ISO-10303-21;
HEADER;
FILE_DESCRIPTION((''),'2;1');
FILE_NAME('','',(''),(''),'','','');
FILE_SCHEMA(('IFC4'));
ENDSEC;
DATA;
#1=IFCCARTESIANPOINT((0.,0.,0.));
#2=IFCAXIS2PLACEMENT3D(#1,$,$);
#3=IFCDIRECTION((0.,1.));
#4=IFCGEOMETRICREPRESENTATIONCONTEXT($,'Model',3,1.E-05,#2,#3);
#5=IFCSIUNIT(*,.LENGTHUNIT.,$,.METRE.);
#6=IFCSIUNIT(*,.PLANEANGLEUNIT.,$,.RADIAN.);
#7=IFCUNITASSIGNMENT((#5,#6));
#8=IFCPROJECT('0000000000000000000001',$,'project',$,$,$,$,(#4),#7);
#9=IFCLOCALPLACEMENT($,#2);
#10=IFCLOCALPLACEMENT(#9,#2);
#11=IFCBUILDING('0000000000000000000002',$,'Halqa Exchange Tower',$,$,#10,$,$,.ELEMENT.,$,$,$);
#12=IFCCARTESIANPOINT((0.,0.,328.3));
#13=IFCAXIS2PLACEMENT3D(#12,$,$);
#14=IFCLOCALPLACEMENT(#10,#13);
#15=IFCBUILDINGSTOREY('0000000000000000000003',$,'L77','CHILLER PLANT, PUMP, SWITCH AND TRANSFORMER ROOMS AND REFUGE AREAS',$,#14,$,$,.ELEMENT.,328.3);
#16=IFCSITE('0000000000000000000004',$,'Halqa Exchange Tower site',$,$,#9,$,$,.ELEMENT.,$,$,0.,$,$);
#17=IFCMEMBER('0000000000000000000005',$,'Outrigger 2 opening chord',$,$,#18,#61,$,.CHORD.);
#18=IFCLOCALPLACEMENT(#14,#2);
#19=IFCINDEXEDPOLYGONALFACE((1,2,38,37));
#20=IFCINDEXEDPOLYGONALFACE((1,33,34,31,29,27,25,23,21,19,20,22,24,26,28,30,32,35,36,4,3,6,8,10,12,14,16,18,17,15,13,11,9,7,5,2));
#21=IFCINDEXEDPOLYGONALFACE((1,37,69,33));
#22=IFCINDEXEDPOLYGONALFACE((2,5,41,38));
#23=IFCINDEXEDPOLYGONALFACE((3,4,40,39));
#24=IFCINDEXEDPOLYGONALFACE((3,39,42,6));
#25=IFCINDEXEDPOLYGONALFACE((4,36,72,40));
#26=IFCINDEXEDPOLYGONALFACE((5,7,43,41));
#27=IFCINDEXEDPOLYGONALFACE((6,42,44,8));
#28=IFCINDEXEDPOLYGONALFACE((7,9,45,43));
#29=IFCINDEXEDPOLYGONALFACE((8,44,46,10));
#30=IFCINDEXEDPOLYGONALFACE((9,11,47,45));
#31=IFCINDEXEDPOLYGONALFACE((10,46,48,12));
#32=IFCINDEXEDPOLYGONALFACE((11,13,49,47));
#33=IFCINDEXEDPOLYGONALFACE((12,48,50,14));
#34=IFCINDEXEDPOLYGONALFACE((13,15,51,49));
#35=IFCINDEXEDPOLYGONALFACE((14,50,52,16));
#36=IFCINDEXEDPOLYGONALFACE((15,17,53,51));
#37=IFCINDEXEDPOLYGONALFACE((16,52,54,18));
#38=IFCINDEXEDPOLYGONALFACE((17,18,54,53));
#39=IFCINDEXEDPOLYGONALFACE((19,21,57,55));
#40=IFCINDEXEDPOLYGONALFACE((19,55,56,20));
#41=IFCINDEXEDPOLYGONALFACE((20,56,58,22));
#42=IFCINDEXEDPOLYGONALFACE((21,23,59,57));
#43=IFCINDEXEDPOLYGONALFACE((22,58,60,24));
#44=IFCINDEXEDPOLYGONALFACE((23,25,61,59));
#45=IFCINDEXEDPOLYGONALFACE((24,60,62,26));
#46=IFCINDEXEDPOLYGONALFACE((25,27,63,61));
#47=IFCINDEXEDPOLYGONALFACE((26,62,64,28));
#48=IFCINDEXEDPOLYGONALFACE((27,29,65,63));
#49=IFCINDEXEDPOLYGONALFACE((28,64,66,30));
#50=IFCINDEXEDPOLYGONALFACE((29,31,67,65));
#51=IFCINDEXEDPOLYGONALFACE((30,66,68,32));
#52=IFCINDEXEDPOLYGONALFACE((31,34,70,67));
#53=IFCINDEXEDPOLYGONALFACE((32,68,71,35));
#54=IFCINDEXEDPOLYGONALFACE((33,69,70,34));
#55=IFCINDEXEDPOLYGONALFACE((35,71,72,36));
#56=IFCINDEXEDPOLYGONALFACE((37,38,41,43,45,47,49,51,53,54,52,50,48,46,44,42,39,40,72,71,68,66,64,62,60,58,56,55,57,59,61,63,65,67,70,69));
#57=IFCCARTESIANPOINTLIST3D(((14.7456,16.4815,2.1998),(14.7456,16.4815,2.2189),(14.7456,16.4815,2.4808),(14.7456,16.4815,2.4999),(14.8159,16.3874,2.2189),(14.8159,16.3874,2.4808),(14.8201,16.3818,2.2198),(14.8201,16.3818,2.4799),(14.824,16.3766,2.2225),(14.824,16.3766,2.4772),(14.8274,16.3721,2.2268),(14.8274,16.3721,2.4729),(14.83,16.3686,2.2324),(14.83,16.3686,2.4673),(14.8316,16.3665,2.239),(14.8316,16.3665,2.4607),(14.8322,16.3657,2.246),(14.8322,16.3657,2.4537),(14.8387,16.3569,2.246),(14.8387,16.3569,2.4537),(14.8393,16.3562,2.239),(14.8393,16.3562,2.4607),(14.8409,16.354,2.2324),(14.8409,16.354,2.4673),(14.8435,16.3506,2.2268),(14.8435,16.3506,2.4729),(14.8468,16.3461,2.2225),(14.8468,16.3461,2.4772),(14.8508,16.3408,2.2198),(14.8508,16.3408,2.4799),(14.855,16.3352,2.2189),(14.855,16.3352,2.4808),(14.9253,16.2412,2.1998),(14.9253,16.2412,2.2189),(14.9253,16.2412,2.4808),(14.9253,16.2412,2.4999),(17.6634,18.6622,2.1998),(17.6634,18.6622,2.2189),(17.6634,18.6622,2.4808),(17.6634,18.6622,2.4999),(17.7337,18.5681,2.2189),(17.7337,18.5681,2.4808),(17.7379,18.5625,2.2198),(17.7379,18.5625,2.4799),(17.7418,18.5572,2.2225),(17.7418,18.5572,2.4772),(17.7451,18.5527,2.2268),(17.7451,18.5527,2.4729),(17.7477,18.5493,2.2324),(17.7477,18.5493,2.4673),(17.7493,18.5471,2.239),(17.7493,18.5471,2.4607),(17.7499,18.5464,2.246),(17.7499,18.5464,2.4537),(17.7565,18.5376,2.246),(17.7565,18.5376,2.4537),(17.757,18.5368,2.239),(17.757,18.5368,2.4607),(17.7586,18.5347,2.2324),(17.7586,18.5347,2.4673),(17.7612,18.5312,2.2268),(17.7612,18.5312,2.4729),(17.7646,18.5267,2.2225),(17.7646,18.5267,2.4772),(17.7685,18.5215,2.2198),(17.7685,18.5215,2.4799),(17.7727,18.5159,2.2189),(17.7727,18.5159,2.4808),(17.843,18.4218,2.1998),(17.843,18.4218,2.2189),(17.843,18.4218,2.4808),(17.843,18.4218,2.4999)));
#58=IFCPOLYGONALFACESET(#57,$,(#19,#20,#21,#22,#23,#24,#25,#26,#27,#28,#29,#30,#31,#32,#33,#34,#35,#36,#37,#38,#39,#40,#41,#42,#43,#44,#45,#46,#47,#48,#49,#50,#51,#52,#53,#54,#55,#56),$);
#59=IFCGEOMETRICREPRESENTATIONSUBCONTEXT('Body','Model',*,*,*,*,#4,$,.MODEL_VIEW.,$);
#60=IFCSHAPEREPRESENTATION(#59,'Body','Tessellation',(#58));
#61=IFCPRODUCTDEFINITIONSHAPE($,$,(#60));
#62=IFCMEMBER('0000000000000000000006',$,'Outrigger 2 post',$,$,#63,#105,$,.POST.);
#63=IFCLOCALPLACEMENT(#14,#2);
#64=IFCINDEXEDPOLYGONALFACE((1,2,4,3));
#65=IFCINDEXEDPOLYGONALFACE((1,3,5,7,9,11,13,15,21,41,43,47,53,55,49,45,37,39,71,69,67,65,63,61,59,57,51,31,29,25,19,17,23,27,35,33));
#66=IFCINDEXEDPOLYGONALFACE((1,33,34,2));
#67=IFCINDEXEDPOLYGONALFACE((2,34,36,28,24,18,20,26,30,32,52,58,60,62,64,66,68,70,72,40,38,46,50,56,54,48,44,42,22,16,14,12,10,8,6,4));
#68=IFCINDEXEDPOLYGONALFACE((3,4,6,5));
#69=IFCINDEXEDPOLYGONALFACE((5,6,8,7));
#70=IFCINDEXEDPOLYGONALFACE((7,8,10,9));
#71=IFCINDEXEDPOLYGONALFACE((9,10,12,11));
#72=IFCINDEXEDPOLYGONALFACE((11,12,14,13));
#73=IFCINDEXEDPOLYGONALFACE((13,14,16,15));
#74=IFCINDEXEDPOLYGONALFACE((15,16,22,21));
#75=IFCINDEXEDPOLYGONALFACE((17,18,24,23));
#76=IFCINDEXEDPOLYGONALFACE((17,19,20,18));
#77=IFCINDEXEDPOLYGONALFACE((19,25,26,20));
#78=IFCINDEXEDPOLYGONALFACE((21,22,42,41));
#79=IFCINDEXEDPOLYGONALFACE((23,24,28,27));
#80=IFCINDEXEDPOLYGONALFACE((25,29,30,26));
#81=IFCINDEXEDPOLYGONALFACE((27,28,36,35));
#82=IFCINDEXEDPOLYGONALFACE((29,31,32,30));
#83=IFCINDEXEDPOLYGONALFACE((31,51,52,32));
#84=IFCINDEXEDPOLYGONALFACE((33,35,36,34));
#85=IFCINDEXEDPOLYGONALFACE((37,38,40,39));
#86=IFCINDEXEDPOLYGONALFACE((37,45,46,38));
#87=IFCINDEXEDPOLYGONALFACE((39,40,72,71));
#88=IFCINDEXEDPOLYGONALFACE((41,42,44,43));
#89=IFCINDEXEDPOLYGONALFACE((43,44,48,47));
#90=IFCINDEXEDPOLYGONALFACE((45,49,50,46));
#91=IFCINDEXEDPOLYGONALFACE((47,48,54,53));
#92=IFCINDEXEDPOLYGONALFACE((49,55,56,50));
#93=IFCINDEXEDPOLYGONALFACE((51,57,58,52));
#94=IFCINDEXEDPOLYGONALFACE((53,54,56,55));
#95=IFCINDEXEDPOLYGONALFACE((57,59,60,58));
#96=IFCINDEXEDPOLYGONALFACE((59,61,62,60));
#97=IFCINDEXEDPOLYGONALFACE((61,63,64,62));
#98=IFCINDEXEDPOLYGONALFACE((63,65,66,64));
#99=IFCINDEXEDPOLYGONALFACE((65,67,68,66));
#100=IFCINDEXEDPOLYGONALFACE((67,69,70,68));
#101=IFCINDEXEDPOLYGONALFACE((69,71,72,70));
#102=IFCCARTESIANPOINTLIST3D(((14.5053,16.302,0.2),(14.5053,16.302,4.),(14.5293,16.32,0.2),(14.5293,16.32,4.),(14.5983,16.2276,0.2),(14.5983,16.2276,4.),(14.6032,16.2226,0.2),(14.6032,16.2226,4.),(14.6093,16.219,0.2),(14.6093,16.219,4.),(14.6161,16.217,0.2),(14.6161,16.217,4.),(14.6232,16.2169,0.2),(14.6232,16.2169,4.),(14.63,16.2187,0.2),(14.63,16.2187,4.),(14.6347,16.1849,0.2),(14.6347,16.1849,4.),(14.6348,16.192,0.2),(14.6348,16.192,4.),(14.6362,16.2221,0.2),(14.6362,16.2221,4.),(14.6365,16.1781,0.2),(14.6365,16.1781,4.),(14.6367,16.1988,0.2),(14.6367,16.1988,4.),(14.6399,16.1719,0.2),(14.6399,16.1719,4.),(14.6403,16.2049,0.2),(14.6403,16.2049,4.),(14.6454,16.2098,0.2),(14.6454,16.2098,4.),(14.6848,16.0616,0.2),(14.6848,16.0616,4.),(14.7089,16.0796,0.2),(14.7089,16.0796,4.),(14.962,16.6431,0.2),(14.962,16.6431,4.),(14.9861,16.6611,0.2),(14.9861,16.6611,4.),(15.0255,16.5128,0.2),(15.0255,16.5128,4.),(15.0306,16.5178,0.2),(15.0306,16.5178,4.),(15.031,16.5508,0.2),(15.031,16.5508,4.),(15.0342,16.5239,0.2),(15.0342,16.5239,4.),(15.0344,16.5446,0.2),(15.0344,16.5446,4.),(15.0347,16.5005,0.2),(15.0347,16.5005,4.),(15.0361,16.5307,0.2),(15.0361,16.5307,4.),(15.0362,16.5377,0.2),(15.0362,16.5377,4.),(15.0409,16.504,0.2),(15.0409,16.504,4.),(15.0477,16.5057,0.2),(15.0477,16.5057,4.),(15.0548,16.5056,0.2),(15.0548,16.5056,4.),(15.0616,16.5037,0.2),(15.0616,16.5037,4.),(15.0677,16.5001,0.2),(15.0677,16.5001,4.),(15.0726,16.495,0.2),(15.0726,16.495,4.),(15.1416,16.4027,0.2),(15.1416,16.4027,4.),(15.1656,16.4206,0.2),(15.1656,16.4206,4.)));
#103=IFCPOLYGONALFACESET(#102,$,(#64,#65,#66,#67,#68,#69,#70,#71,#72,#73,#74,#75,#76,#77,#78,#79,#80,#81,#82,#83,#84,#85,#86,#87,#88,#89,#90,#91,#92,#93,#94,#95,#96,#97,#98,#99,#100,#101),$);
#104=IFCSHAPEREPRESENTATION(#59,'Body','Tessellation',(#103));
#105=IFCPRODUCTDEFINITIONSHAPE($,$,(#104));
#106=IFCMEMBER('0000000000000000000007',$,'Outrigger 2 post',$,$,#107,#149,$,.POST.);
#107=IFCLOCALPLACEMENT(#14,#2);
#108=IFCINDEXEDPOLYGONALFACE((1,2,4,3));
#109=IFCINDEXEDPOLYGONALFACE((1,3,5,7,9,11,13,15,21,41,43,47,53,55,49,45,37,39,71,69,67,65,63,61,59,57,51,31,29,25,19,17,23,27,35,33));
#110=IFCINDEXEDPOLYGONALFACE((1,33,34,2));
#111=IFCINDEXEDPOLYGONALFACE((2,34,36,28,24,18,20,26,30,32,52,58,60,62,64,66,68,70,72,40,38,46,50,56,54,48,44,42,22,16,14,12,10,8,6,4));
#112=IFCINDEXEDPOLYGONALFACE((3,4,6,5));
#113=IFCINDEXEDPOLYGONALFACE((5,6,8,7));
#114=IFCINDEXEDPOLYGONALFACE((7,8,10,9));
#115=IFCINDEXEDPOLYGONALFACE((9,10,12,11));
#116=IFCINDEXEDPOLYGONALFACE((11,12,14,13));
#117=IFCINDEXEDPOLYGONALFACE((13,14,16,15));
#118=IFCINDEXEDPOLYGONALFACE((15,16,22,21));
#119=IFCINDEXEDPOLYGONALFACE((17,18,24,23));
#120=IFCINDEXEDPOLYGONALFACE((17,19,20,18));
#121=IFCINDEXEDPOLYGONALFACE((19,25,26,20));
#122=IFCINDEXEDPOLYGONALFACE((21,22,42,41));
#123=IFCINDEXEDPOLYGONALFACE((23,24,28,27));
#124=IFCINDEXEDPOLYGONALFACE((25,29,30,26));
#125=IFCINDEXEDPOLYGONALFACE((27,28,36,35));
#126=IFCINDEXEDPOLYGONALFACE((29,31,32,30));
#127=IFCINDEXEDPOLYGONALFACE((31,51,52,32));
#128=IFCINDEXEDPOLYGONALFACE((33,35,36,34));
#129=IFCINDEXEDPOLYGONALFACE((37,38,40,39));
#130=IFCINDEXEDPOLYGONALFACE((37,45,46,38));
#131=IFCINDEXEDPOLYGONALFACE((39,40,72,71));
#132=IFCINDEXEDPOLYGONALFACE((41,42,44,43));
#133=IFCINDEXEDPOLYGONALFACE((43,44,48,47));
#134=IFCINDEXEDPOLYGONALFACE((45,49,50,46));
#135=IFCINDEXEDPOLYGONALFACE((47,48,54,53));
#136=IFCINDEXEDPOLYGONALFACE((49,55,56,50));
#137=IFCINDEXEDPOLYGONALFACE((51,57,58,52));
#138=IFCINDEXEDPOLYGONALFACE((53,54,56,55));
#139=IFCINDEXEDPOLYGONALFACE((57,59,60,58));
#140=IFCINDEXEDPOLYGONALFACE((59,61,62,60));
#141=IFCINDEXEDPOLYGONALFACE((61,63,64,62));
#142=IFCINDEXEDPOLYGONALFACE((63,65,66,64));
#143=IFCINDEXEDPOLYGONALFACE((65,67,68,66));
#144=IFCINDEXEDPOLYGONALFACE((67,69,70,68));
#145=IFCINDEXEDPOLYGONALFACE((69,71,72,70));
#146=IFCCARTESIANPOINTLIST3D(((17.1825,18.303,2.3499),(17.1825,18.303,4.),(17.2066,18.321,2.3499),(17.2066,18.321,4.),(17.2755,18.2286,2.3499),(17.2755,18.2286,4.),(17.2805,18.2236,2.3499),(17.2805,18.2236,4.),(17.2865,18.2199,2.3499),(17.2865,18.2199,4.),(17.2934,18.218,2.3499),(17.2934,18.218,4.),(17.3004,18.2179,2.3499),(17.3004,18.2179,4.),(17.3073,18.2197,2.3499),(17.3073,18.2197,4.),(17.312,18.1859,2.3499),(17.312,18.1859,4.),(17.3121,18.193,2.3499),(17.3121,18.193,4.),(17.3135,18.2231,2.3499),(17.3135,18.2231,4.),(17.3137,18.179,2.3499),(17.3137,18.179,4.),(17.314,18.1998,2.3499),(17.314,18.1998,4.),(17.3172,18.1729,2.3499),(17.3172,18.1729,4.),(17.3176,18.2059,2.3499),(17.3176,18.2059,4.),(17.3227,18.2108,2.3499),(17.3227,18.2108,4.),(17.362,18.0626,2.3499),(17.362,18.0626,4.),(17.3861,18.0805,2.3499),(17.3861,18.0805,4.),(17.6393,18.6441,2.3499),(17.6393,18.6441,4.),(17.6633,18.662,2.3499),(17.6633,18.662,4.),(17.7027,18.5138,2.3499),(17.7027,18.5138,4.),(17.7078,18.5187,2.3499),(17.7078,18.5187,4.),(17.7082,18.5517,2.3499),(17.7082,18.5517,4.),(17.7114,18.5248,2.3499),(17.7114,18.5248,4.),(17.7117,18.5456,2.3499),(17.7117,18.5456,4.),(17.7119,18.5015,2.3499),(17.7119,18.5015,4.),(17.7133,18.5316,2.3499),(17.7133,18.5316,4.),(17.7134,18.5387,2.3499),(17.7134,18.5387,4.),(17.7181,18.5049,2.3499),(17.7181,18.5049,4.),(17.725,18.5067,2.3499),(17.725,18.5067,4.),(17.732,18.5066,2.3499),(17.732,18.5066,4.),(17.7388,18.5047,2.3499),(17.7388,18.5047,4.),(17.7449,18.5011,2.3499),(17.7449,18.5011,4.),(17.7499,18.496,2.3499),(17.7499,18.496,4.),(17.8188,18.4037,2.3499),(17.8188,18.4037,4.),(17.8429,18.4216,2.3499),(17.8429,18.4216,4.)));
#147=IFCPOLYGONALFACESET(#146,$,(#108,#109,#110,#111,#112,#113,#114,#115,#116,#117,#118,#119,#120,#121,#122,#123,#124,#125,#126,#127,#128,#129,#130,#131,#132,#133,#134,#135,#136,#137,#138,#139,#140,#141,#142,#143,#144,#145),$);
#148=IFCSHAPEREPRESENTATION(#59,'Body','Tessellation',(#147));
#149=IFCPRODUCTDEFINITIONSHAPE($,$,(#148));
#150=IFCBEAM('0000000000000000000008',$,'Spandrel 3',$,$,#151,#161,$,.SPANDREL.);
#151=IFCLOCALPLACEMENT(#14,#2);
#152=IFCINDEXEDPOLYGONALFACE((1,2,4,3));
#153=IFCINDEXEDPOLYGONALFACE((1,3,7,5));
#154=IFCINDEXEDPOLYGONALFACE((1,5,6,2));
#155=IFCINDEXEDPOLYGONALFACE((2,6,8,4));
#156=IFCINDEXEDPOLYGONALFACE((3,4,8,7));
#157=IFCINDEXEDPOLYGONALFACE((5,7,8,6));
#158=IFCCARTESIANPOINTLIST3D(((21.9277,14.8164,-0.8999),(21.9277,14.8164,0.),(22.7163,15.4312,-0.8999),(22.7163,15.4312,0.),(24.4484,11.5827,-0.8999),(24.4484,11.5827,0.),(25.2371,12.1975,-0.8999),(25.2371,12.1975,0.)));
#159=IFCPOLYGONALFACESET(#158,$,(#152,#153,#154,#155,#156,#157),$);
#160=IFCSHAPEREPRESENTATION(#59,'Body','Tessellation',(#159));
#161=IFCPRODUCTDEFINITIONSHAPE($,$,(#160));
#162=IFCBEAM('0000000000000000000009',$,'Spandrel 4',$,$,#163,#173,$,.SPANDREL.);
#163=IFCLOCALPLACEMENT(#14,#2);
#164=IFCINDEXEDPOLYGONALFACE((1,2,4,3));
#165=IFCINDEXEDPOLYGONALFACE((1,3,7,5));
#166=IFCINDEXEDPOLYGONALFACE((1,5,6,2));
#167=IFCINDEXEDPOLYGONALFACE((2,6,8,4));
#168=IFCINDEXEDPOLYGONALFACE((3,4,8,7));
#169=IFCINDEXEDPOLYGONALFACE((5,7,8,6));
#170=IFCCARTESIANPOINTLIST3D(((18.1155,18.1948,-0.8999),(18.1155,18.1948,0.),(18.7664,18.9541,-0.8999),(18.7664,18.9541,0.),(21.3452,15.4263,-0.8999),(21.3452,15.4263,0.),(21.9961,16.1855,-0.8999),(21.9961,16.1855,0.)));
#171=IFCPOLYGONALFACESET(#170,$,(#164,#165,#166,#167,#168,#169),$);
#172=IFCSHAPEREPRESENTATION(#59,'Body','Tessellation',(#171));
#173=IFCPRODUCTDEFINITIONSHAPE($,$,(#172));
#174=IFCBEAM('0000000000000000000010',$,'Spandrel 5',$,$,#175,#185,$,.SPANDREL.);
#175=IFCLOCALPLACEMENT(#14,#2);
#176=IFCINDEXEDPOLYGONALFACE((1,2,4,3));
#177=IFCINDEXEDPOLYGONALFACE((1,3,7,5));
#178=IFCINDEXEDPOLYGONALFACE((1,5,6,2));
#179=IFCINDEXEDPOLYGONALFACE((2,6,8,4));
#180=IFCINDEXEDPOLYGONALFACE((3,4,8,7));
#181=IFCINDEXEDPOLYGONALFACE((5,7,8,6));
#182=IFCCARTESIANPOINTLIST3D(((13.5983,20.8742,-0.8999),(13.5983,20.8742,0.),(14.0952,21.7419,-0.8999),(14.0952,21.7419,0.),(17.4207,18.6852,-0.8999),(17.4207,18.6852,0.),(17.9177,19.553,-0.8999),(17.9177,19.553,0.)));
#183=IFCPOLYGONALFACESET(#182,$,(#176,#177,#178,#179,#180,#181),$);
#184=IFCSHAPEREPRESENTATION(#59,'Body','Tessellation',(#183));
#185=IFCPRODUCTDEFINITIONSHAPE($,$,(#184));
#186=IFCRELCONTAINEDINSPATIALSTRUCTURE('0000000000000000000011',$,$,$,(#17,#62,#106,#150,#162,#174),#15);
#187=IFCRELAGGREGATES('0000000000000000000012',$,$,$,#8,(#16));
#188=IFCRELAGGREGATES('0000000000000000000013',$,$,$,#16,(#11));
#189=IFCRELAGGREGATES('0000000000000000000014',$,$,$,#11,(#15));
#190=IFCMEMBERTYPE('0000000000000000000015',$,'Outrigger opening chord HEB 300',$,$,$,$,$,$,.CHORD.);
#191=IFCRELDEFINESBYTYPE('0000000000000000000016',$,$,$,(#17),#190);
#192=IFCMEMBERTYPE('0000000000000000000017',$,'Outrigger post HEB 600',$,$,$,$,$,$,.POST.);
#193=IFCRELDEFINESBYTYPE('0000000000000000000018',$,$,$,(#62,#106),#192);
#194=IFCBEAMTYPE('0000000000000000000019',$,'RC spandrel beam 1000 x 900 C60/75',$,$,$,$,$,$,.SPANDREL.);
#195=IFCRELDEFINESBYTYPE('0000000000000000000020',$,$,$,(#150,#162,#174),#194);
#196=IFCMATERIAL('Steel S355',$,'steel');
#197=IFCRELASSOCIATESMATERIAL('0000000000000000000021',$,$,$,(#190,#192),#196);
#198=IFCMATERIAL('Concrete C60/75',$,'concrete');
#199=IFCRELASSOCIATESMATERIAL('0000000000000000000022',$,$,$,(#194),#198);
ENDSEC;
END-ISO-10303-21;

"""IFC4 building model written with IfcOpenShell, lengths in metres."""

from ifc_helpers import new_model, si_unit, direction, frame, origin, origin_2d, place, context, subcontext, project, spatial, rectangle, i_section, extrude, material, material_profile, profile_set, type_object, element, save


model = new_model("IFC4")

# Units and contexts
model_context = context("Model", 3, precision=1e-05, world=origin(), true_north=direction((0.0, 1.0)))
body_context = subcontext(model_context, "Body", "Model", "MODEL_VIEW")
ifc_project = project(units=[si_unit("LENGTHUNIT", "METRE"), si_unit("PLANEANGLEUNIT", "RADIAN")], contexts=[model_context])

# Site, building, storey
site_placement = place(None, origin())
site = spatial("IfcSite", under=ifc_project, at=site_placement, Name="Halqa Exchange Tower site", CompositionType="ELEMENT", RefElevation=0.0)
building_placement = place(site_placement, origin())
building = spatial("IfcBuilding", under=site, at=building_placement, Name="Halqa Exchange Tower", CompositionType="ELEMENT")
storey_placement = place(building_placement, frame((0.0, 0.0, 328.3)))
storey = spatial("IfcBuildingStorey", under=building, at=storey_placement, Name="L77", Description="CHILLER PLANT, PUMP, SWITCH AND TRANSFORMER ROOMS AND REFUGE AREAS", CompositionType="ELEMENT", Elevation=328.3)

# Members
ifc_material_1 = material(Name="Steel S355", Category="steel")
ifc_material_profile_1 = material_profile(ifc_material_1, i_section(OverallWidth=0.3, OverallDepth=0.3, WebThickness=0.011, FlangeThickness=0.019, FilletRadius=0.0271, at=origin_2d()), Name="HEB 300")
ifc_profile_set_1 = profile_set([ifc_material_profile_1], Name="Steel S355")
member_type_1 = type_object("IfcMemberType", Name="Outrigger opening chord HEB 300", PredefinedType="CHORD", material=ifc_profile_set_1)
member_1_placement = place(storey_placement, frame((14.8354, 16.3613, 2.3499), z_axis=(0.801004, 0.598659, 0.0), x_axis=(-0.598659, 0.801004, 0.0)))
element("IfcMember", 1, at=member_1_placement, inside=storey, type_object=member_type_1, Name="Outrigger 2 opening chord", PredefinedType="CHORD", context=body_context, shape_type="SweptSolid", body=[
    extrude(i_section(OverallWidth=0.3, OverallDepth=0.3, WebThickness=0.011, FlangeThickness=0.019, FilletRadius=0.0271, at=origin_2d()), origin(), (0.0, 0.0, 1.0), 3.6426),
])
ifc_material_profile_2 = material_profile(ifc_material_1, i_section(OverallWidth=0.3, OverallDepth=0.6001, WebThickness=0.0154, FlangeThickness=0.03, FilletRadius=0.0271, at=origin_2d()), Name="HEB 600")
ifc_profile_set_2 = profile_set([ifc_material_profile_2], Name="Steel S355")
member_type_2 = type_object("IfcMemberType", Name="Outrigger post HEB 600", PredefinedType="POST", material=ifc_profile_set_2)
member_2_placement = place(storey_placement, frame((14.8354, 16.3613, 0.2), z_axis=(0.0, 0.0, 1.0), x_axis=(-0.598325, 0.801254, 0.0)))
element("IfcMember", 2, at=member_2_placement, inside=storey, type_object=member_type_2, Name="Outrigger 2 post", PredefinedType="POST", context=body_context, shape_type="SweptSolid", body=[
    extrude(i_section(OverallWidth=0.3, OverallDepth=0.6001, WebThickness=0.0154, FlangeThickness=0.03, FilletRadius=0.0271, at=origin_2d()), origin(), (0.0, 0.0, 1.0), 3.8),
])
member_3_placement = place(storey_placement, frame((17.5127, 18.3623, 2.3499), z_axis=(0.0, 0.0, 1.0), x_axis=(-0.598325, 0.801254, 0.0)))
element("IfcMember", 3, at=member_3_placement, inside=storey, type_object=member_type_2, Name="Outrigger 2 post", PredefinedType="POST", context=body_context, shape_type="SweptSolid", body=[
    extrude(i_section(OverallWidth=0.3, OverallDepth=0.6001, WebThickness=0.0154, FlangeThickness=0.03, FilletRadius=0.0271, at=origin_2d()), origin(), (0.0, 0.0, 1.0), 1.6501),
])

# Beams
ifc_material_2 = material(Name="Concrete C60/75", Category="concrete")
ifc_material_profile_3 = material_profile(ifc_material_2, rectangle(XDim=1.0, YDim=0.8999, at=origin_2d()), Name="1000 x 900")
ifc_profile_set_3 = profile_set([ifc_material_profile_3], Name="Concrete C60/75")
beam_type = type_object("IfcBeamType", Name="RC spandrel beam 1000 x 900 C60/75", PredefinedType="SPANDREL", material=ifc_profile_set_3)
beam_1_placement = place(storey_placement, frame((24.8428, 11.8901, -0.45), z_axis=(-0.614806, 0.788678, 0.0), x_axis=(-0.788678, -0.614806, 0.0)))
element("IfcBeam", 4, at=beam_1_placement, inside=storey, type_object=beam_type, Name="Spandrel 3", PredefinedType="SPANDREL", context=body_context, shape_type="SweptSolid", body=[
    extrude(rectangle(XDim=1.0, YDim=0.8999, at=origin_2d()), origin(), (0.0, 0.0, 1.0), 4.1001),
])
beam_2_placement = place(storey_placement, frame((21.6707, 15.8059, -0.45), z_axis=(-0.759232, 0.65082, 0.0), x_axis=(-0.65082, -0.759232, 0.0)))
element("IfcBeam", 5, at=beam_2_placement, inside=storey, type_object=beam_type, Name="Spandrel 4", PredefinedType="SPANDREL", context=body_context, shape_type="SweptSolid", body=[
    extrude(rectangle(XDim=1.0, YDim=0.8999, at=origin_2d()), origin(), (0.0, 0.0, 1.0), 4.2539),
])
beam_3_placement = place(storey_placement, frame((17.6692, 19.1191, -0.45), z_axis=(-0.867786, 0.496939, 0.0), x_axis=(-0.496939, -0.867786, 0.0)))
element("IfcBeam", 6, at=beam_3_placement, inside=storey, type_object=beam_type, Name="Spandrel 5", PredefinedType="SPANDREL", context=body_context, shape_type="SweptSolid", body=[
    extrude(rectangle(XDim=1.0, YDim=0.8999, at=origin_2d()), origin(), (0.0, 0.0, 1.0), 4.4048),
])

save(model, "model.ifc")
